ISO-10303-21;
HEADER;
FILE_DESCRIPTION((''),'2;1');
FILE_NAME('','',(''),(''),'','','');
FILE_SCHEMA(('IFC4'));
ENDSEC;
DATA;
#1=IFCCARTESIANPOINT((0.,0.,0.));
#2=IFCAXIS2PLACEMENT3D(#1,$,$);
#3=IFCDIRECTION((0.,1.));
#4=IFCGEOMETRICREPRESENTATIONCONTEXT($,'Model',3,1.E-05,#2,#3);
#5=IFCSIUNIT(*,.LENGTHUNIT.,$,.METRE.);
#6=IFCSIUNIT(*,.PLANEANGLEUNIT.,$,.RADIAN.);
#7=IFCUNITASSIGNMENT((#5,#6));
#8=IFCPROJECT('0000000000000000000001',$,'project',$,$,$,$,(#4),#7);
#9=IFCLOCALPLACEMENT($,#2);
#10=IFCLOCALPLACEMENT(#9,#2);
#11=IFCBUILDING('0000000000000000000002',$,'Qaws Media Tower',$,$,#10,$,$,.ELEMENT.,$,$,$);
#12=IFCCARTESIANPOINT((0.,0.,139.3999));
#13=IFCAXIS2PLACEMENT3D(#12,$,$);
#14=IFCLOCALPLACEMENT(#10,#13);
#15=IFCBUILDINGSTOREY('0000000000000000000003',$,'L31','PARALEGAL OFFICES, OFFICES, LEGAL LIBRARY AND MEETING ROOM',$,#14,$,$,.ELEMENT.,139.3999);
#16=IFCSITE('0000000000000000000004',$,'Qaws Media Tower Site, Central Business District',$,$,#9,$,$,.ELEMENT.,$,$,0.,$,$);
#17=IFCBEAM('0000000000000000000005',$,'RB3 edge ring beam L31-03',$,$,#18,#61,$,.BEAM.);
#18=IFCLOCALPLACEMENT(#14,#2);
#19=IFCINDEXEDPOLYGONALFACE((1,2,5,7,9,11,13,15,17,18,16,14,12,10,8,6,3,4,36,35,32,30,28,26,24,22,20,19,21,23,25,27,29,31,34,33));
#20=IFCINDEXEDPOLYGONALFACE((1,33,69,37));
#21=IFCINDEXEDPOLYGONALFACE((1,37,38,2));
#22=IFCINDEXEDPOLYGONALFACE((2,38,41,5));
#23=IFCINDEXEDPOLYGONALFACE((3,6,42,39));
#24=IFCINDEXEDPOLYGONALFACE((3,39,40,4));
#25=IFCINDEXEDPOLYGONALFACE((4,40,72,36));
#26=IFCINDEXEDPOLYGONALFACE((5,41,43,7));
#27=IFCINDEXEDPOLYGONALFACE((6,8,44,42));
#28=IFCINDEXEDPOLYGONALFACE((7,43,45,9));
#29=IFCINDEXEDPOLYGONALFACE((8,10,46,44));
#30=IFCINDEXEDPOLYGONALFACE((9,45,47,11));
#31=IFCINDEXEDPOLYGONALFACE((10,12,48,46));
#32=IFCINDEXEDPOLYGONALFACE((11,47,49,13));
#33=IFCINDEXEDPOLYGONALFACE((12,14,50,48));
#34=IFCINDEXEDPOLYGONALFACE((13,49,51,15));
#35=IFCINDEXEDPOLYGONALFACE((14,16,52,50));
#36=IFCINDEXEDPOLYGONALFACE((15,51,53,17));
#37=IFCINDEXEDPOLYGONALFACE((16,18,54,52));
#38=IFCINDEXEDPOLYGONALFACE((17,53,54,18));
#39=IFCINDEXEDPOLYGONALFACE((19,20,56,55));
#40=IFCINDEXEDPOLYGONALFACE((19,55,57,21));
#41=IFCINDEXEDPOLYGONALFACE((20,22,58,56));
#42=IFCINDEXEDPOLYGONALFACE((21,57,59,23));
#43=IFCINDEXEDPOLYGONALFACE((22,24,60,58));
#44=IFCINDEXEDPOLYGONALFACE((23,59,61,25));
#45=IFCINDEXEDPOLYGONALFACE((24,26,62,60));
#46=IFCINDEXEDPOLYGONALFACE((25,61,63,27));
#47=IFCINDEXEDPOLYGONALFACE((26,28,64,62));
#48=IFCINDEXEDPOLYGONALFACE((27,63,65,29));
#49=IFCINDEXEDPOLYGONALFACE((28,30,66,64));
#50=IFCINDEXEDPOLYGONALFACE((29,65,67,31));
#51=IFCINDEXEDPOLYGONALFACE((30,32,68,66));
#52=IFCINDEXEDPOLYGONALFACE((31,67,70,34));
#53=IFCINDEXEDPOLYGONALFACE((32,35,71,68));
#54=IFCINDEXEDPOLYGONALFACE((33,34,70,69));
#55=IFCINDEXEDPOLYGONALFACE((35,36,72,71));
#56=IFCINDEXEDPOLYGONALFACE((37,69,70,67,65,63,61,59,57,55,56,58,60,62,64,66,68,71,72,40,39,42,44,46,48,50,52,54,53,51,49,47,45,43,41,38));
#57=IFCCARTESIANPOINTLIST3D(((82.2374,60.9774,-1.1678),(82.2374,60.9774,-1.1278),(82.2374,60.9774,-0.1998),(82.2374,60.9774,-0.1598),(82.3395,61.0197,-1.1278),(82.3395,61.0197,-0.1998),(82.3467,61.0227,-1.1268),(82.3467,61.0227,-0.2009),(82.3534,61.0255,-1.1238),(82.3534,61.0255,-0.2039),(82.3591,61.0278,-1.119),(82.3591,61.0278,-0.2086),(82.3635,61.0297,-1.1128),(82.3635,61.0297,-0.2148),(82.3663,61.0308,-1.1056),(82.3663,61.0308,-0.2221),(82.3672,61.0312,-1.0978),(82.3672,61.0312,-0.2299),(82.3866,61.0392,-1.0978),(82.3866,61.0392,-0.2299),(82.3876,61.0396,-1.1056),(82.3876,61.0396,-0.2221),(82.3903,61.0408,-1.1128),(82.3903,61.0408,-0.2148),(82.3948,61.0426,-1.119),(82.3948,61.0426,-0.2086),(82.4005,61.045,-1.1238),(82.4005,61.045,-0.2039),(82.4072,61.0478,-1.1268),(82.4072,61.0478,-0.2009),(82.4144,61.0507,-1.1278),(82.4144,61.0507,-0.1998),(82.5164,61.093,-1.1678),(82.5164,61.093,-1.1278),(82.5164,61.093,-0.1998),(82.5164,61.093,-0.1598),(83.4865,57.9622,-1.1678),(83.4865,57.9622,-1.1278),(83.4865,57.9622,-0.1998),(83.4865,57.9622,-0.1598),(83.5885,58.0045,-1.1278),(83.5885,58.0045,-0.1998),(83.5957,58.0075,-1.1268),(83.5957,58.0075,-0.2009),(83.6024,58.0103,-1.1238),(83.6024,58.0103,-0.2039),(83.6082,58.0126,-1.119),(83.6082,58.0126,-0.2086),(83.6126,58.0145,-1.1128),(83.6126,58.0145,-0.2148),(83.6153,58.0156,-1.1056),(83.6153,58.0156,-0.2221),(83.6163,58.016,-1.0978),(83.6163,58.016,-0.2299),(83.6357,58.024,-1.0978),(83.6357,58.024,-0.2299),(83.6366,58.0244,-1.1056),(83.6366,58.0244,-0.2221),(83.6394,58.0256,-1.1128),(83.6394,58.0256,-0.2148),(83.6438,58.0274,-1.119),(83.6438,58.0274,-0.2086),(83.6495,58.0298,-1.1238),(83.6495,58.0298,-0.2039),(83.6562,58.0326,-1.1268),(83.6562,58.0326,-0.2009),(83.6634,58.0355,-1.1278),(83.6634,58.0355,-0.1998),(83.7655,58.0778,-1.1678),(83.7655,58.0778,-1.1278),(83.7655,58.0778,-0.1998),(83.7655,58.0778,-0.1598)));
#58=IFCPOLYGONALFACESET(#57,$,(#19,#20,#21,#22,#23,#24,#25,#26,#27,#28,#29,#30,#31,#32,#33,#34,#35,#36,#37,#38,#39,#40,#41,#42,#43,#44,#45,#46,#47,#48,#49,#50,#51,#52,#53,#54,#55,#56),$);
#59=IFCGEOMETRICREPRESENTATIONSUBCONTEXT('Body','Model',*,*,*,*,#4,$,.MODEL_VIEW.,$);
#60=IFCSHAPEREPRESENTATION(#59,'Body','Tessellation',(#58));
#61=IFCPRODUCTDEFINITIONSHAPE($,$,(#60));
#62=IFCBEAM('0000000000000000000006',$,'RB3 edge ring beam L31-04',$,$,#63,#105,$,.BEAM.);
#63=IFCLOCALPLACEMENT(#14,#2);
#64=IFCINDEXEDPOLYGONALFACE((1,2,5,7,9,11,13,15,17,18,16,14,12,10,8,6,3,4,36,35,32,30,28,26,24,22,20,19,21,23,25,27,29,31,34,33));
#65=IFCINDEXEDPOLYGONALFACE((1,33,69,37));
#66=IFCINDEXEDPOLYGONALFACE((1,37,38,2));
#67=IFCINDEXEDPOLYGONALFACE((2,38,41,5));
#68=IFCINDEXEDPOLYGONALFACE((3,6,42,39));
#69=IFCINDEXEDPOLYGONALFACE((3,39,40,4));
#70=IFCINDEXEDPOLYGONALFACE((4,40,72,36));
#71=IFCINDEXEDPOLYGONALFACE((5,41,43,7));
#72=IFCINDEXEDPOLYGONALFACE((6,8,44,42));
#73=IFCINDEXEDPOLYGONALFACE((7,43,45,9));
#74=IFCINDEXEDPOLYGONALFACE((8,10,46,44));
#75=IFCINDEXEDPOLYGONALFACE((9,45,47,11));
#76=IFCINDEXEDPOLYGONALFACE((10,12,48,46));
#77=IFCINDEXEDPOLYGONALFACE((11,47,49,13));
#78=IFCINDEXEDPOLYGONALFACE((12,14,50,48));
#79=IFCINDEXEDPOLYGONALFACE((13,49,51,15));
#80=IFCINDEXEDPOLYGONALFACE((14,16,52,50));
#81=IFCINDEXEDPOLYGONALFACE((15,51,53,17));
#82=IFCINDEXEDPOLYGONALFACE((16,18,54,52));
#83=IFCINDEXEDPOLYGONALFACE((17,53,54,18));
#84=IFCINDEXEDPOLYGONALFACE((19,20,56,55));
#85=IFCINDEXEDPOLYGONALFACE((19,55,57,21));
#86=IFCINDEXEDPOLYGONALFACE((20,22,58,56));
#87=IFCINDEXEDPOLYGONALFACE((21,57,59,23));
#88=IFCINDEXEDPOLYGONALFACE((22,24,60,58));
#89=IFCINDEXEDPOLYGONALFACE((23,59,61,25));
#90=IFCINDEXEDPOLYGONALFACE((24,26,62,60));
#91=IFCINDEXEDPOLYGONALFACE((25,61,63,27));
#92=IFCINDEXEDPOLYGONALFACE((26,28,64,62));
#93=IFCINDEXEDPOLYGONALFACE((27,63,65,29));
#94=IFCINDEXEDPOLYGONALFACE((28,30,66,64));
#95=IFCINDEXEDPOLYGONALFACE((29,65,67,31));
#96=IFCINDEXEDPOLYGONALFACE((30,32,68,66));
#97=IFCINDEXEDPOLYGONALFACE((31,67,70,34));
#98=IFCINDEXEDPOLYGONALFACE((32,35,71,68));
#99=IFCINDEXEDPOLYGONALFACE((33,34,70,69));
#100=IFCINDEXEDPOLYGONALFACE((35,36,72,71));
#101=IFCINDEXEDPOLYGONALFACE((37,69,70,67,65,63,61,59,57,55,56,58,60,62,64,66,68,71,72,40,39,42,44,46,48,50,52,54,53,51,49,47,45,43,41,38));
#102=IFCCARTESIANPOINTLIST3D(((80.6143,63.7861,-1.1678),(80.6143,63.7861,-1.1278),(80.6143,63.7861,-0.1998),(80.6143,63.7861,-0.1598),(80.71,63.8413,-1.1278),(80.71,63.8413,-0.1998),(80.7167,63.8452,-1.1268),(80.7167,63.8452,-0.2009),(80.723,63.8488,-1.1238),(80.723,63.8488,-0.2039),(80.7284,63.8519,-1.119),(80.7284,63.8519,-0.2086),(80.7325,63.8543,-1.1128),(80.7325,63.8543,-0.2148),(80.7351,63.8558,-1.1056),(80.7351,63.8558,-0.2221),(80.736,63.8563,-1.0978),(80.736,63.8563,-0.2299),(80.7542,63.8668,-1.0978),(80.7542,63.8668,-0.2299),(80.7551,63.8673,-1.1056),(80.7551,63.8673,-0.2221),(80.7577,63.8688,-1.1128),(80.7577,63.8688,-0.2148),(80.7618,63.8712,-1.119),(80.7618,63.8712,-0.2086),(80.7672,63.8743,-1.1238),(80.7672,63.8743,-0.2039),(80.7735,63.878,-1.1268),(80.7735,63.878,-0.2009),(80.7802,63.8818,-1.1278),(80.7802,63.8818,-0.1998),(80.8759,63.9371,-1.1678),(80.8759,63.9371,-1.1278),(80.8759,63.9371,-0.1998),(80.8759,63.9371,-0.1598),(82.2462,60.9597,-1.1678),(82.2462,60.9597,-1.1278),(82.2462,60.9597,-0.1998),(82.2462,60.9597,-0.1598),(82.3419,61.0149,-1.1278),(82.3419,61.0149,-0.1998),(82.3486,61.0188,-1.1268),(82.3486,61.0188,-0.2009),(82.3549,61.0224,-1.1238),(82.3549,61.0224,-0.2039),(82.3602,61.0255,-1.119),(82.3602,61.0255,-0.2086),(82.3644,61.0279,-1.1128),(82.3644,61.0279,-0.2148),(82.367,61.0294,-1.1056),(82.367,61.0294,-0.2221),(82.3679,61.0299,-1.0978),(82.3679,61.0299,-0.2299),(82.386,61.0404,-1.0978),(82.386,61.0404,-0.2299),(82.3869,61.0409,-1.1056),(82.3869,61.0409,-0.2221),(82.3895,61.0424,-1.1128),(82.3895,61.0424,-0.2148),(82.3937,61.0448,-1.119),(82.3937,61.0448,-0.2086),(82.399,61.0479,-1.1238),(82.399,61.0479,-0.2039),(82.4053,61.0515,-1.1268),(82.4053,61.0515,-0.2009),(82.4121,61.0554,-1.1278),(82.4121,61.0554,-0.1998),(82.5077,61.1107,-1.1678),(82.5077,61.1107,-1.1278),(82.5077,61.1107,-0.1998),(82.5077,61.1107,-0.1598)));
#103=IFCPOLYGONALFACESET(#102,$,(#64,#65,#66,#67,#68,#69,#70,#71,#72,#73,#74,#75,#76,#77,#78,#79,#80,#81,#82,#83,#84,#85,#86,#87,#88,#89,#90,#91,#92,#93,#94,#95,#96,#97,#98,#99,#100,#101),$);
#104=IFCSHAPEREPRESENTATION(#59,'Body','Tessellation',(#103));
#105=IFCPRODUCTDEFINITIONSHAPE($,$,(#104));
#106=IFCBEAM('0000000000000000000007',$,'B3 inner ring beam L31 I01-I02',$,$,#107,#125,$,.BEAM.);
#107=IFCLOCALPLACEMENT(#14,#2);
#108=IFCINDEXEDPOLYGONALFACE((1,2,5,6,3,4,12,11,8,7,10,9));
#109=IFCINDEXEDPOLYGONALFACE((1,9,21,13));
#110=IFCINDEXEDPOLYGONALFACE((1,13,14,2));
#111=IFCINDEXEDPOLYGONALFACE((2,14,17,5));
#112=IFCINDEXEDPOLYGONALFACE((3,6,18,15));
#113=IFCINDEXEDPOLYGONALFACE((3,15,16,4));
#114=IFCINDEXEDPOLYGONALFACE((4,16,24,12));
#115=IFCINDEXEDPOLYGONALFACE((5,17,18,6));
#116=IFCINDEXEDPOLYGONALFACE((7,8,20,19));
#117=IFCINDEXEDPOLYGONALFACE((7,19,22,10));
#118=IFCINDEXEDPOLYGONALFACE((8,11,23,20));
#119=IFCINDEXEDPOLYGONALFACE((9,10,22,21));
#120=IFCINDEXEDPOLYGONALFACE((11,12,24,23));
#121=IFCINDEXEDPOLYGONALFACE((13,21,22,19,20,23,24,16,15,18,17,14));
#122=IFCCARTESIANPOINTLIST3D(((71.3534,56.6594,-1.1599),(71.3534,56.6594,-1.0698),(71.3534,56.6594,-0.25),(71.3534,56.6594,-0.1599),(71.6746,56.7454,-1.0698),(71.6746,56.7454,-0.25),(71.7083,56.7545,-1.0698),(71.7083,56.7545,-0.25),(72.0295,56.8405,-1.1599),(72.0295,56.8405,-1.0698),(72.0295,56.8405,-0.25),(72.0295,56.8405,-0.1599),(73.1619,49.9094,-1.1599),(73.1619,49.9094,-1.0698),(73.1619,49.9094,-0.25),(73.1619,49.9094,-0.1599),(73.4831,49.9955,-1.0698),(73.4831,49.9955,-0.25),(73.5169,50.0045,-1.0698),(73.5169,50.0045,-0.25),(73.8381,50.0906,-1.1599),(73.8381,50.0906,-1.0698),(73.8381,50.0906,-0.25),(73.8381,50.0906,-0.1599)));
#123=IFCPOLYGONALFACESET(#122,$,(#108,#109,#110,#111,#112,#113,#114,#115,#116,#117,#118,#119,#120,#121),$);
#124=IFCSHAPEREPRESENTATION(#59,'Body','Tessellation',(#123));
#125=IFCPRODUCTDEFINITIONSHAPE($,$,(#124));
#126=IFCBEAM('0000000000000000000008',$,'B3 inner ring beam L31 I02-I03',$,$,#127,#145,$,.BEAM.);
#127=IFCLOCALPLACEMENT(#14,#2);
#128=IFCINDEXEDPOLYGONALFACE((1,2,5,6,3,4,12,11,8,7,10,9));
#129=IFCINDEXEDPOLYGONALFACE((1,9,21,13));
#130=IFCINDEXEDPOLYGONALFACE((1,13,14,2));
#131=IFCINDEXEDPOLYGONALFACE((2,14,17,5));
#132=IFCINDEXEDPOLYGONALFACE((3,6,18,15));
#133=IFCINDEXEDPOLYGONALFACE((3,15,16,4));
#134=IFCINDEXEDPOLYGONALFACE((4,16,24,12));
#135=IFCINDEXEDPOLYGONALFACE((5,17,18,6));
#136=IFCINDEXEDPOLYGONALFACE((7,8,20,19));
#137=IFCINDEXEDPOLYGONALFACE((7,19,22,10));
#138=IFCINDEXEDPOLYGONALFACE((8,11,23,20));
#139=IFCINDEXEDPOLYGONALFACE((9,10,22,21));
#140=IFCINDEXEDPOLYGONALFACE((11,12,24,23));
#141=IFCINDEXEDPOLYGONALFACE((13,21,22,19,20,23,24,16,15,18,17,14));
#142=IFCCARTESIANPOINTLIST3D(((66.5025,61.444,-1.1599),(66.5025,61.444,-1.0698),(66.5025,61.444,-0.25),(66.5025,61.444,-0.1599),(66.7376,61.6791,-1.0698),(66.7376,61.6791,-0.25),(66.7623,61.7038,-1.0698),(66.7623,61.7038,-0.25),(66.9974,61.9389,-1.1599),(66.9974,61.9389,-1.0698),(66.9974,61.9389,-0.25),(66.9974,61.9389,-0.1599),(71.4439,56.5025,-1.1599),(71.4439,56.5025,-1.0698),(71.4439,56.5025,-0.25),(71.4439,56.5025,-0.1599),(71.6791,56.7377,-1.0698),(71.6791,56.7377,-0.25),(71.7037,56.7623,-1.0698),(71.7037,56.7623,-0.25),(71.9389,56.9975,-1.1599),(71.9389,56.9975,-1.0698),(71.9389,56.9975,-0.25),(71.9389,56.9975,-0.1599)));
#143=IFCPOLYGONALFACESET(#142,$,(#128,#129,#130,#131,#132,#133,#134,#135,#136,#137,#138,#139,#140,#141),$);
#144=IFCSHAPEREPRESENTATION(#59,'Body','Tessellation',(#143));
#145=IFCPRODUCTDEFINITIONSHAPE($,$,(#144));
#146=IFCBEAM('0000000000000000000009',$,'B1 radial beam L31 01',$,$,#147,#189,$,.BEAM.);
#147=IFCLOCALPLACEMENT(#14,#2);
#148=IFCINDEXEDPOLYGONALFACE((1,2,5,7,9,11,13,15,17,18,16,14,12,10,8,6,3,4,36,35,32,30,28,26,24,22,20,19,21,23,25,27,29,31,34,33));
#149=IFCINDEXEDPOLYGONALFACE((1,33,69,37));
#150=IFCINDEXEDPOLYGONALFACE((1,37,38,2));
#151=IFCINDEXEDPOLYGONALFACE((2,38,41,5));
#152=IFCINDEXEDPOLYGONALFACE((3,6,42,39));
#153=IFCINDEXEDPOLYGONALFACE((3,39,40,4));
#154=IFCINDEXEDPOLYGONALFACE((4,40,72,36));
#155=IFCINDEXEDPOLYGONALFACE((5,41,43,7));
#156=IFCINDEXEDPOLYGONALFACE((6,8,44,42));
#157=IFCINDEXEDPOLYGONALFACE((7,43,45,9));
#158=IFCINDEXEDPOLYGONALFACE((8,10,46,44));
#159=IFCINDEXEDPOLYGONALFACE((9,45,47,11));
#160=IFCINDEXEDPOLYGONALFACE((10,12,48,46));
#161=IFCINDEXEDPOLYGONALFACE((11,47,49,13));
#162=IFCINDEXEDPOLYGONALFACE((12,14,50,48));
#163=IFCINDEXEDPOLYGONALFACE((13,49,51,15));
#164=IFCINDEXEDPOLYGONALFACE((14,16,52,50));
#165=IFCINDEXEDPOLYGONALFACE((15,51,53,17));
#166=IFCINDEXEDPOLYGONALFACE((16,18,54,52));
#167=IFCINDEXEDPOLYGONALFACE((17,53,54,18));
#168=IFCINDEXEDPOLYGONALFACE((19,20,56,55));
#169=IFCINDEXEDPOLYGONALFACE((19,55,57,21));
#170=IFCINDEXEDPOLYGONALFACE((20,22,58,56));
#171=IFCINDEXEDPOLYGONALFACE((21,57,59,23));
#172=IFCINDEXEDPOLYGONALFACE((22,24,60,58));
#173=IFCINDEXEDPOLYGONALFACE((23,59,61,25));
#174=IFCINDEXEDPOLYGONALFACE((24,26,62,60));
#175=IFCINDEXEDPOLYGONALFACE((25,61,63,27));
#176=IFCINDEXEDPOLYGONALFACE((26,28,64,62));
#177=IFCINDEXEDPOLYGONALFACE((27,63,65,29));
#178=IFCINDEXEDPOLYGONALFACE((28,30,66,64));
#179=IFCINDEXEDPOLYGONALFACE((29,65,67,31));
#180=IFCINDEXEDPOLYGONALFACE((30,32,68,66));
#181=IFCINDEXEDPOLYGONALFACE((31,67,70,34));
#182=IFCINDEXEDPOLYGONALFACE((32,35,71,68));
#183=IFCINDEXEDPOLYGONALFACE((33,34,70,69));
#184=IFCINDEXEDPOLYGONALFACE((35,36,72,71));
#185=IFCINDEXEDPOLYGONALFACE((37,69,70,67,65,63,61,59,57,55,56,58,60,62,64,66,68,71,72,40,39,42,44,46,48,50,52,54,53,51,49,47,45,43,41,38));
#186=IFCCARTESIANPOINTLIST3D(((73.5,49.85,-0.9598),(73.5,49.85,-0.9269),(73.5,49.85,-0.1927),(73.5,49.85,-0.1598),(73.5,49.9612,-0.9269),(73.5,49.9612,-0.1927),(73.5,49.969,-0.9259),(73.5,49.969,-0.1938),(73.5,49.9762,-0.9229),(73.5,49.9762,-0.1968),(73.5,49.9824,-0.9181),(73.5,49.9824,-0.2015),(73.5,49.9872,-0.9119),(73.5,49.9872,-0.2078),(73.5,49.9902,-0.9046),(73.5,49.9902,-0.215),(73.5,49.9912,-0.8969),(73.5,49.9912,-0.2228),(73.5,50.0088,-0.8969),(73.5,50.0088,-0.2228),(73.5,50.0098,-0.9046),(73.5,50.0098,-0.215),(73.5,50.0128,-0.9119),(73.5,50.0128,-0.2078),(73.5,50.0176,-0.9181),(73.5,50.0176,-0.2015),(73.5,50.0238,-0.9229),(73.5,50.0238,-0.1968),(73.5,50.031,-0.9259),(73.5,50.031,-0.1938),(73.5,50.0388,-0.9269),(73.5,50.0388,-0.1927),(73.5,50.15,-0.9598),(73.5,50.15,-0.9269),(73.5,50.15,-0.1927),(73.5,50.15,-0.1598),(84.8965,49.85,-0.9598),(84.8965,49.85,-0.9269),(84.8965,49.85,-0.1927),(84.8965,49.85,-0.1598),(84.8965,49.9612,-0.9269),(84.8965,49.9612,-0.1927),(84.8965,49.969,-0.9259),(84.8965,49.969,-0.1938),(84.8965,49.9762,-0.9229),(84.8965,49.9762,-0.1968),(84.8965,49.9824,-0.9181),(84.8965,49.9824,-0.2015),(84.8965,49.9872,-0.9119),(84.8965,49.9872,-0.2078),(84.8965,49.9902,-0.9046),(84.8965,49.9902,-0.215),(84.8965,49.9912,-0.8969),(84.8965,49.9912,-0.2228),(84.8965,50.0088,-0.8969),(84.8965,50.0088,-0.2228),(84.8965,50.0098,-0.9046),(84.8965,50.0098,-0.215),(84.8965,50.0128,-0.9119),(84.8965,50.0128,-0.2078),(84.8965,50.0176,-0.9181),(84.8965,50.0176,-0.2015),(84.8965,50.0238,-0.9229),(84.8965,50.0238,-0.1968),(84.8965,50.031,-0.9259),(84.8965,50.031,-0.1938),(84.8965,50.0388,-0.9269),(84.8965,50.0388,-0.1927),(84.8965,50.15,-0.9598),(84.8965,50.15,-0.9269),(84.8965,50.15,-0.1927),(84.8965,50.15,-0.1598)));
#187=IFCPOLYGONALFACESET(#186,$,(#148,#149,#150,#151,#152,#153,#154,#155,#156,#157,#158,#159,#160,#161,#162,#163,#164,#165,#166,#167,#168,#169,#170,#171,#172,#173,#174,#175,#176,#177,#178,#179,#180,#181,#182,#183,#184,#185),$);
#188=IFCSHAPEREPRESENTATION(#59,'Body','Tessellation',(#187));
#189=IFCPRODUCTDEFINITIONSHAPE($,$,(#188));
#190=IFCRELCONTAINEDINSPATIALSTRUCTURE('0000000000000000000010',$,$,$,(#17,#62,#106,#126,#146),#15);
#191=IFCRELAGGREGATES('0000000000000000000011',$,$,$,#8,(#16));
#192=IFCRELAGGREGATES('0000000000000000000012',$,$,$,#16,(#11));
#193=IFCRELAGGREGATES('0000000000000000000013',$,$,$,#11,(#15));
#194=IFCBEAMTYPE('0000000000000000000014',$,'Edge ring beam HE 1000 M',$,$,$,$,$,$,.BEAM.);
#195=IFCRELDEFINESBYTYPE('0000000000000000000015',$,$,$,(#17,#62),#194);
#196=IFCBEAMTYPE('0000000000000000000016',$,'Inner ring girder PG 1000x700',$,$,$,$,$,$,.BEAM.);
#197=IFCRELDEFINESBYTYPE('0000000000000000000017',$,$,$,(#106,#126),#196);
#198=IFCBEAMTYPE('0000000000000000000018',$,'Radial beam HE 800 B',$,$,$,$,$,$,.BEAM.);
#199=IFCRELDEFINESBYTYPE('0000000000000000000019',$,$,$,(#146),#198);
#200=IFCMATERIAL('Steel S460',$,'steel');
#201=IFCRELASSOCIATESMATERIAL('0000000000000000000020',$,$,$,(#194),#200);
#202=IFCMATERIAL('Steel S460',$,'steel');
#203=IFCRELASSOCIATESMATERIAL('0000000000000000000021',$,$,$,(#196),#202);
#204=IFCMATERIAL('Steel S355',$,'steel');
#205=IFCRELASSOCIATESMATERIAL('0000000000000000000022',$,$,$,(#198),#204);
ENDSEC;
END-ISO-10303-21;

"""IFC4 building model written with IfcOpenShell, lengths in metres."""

from ifc_helpers import new_model, si_unit, direction, frame, origin, origin_2d, place, context, subcontext, project, spatial, i_section, extrude, material, material_profile, profile_set, type_object, element, save


model = new_model("IFC4")

# Units and contexts
model_context = context("Model", 3, precision=1e-05, world=origin(), true_north=direction((0.0, 1.0)))
body_context = subcontext(model_context, "Body", "Model", "MODEL_VIEW")
ifc_project = project(units=[si_unit("LENGTHUNIT", "METRE"), si_unit("PLANEANGLEUNIT", "RADIAN")], contexts=[model_context])

# Site, building, storey
site_placement = place(None, origin())
site = spatial("IfcSite", under=ifc_project, at=site_placement, Name="Qaws Media Tower Site, Central Business District", CompositionType="ELEMENT", RefElevation=0.0)
building_placement = place(site_placement, origin())
building = spatial("IfcBuilding", under=site, at=building_placement, Name="Qaws Media Tower", CompositionType="ELEMENT")
storey_placement = place(building_placement, frame((0.0, 0.0, 139.3999)))
storey = spatial("IfcBuildingStorey", under=building, at=storey_placement, Name="L31", Description="PARALEGAL OFFICES, OFFICES, LEGAL LIBRARY AND MEETING ROOM", CompositionType="ELEMENT", Elevation=139.3999)

# Beams
ifc_material_1 = material(Name="Steel S460", Category="steel")
ifc_material_profile_1 = material_profile(ifc_material_1, i_section(OverallWidth=0.302, OverallDepth=1.0081, WebThickness=0.021, FlangeThickness=0.04, FilletRadius=0.03, at=origin_2d()), Name="HE 1000 M")
ifc_profile_set_1 = profile_set([ifc_material_profile_1], Name="Steel S460")
beam_type_1 = type_object("IfcBeamType", Name="Edge ring beam HE 1000 M", PredefinedType="BEAM", material=ifc_profile_set_1)
for number, where, z_axis, x_axis, name in (
    (1, (83.626, 58.02, -0.6638), (-0.382713, 0.923867, 0.0), (-0.923867, -0.382713, 0.0), "RB3 edge ring beam L31-03"),
    (2, (82.377, 61.0352, -0.6638), (-0.500001, 0.866025, 0.0), (-0.866025, -0.500001, 0.0), "RB3 edge ring beam L31-04"),
):
    element("IfcBeam", number, at=place(storey_placement, frame(where, z_axis=z_axis, x_axis=x_axis)), inside=storey, type_object=beam_type_1, Name=name, PredefinedType="BEAM", context=body_context, shape_type="SweptSolid", body=[
        extrude(i_section(OverallWidth=0.302, OverallDepth=1.0081, WebThickness=0.021, FlangeThickness=0.04, FilletRadius=0.03, at=origin_2d()), origin(), (0.0, 0.0, 1.0), 3.2637),
    ])
ifc_material_2 = material(Name="Steel S460", Category="steel")
ifc_material_profile_2 = material_profile(ifc_material_2, i_section(OverallWidth=0.7, OverallDepth=1.0, WebThickness=0.0349, FlangeThickness=0.0901, at=origin_2d()), Name="PG 1000x700")
ifc_profile_set_2 = profile_set([ifc_material_profile_2], Name="Steel S460")
beam_type_2 = type_object("IfcBeamType", Name="Inner ring girder PG 1000x700", PredefinedType="BEAM", material=ifc_profile_set_2)
beam_1_placement = place(storey_placement, frame((73.5, 50.0, -0.6599), z_axis=(-0.258811, 0.965928, 0.0), x_axis=(-0.965928, -0.258811, 0.0)))
element("IfcBeam", 3, at=beam_1_placement, inside=storey, type_object=beam_type_2, Name="B3 inner ring beam L31 I01-I02", PredefinedType="BEAM", context=body_context, shape_type="SweptSolid", body=[
    extrude(i_section(OverallWidth=0.7, OverallDepth=1.0, WebThickness=0.0349, FlangeThickness=0.0901, at=origin_2d()), origin(), (0.0, 0.0, 1.0), 6.988),
])
beam_2_placement = place(storey_placement, frame((71.6914, 56.75, -0.6599), z_axis=(-0.707107, 0.707107, 0.0), x_axis=(-0.707107, -0.707107, 0.0)))
element("IfcBeam", 4, at=beam_2_placement, inside=storey, type_object=beam_type_2, Name="B3 inner ring beam L31 I02-I03", PredefinedType="BEAM", context=body_context, shape_type="SweptSolid", body=[
    extrude(i_section(OverallWidth=0.7, OverallDepth=1.0, WebThickness=0.0349, FlangeThickness=0.0901, at=origin_2d()), origin(), (0.0, 0.0, 1.0), 6.9883),
])
ifc_material_3 = material(Name="Steel S355", Category="steel")
ifc_material_profile_3 = material_profile(ifc_material_3, i_section(OverallWidth=0.3, OverallDepth=0.8, WebThickness=0.0176, FlangeThickness=0.033, FilletRadius=0.03, at=origin_2d()), Name="HE 800 B")
ifc_profile_set_3 = profile_set([ifc_material_profile_3], Name="Steel S355")
beam_type_3 = type_object("IfcBeamType", Name="Radial beam HE 800 B", PredefinedType="BEAM", material=ifc_profile_set_3)
beam_3_placement = place(storey_placement, frame((73.5, 50.0, -0.5598), z_axis=(1.0, 0.0, 0.0), x_axis=(0.0, 1.0, 0.0)))
element("IfcBeam", 5, at=beam_3_placement, inside=storey, type_object=beam_type_3, Name="B1 radial beam L31 01", PredefinedType="BEAM", context=body_context, shape_type="SweptSolid", body=[
    extrude(i_section(OverallWidth=0.3, OverallDepth=0.8, WebThickness=0.0176, FlangeThickness=0.033, FilletRadius=0.03, at=origin_2d()), origin(), (0.0, 0.0, 1.0), 11.3965),
])

save(model, "model.ifc")
